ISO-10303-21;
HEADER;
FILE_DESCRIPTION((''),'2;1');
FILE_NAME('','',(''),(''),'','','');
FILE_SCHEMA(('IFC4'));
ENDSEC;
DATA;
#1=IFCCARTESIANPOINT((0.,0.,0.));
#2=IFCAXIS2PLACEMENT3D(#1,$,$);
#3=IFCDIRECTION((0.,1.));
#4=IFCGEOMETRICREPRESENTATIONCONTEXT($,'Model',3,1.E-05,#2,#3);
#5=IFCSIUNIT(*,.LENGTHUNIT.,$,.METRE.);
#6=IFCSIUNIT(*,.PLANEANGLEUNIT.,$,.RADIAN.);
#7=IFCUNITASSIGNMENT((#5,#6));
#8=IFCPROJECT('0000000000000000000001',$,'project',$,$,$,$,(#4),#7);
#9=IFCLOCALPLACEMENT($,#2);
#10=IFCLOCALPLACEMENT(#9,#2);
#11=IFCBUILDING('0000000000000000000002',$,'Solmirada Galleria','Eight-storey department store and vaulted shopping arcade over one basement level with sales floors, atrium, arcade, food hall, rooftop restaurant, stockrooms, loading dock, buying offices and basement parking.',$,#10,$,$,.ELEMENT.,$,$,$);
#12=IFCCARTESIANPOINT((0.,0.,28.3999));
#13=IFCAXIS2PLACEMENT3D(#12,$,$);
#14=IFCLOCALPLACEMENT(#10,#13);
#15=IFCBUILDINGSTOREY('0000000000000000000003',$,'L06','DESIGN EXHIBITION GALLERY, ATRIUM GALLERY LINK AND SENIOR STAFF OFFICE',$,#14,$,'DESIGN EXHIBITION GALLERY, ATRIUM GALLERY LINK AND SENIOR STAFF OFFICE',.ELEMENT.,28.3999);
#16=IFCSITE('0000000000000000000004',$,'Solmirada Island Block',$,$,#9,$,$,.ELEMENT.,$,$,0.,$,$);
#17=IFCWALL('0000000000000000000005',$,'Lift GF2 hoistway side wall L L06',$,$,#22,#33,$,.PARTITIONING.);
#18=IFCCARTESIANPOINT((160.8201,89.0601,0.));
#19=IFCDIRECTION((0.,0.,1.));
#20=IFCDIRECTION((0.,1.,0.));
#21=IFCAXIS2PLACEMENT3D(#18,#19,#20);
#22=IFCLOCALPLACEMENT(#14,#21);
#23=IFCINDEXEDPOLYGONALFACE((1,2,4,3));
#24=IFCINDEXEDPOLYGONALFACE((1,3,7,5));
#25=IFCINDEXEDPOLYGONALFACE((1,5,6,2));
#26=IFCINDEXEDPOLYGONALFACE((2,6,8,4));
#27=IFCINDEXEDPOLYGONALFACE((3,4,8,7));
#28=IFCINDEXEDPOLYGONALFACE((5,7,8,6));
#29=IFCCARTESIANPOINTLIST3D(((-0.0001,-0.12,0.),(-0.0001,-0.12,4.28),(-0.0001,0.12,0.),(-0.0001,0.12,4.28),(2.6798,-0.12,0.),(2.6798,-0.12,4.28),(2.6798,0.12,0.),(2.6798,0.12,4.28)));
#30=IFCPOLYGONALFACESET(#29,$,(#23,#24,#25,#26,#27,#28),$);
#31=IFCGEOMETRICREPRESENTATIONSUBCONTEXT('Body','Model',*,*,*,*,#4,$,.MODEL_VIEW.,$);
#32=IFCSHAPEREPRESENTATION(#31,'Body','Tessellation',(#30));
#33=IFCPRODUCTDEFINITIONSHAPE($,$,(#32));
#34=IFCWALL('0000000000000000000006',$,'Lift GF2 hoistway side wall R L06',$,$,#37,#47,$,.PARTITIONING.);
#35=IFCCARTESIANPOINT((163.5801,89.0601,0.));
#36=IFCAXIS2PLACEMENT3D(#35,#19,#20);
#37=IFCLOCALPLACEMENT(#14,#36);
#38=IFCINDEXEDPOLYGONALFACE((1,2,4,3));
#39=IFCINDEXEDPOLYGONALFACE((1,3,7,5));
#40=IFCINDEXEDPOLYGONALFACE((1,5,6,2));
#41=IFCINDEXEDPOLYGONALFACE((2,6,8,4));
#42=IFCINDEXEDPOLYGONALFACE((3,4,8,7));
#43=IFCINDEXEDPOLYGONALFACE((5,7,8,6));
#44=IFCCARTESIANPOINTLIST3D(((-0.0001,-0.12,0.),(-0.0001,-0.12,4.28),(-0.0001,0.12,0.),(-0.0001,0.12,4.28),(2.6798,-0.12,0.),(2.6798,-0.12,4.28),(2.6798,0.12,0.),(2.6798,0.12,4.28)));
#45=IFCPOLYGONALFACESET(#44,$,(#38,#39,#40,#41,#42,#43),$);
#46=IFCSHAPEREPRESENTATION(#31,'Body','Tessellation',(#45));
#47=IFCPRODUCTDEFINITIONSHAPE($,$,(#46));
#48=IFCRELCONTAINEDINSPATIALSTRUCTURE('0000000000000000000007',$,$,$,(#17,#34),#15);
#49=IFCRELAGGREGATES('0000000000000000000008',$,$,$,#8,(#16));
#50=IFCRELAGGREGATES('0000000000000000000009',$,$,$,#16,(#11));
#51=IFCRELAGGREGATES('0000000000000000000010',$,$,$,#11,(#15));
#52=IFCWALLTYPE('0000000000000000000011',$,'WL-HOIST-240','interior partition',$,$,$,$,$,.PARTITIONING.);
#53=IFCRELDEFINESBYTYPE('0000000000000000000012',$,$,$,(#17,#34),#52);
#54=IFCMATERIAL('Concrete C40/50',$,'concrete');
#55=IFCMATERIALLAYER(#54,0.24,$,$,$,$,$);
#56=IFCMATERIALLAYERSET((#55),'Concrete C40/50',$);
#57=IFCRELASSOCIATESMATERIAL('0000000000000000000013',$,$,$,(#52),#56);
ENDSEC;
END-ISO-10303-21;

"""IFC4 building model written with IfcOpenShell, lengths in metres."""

from ifc_helpers import new_model, si_unit, direction, frame, frame_2d, origin, place, context, subcontext, project, spatial, rectangle, extrude, material, layer, layer_set, type_object, element, save


model = new_model("IFC4")

# Units and contexts
model_context = context("Model", 3, precision=1e-05, world=origin(), true_north=direction((0.0, 1.0)))
body_context = subcontext(model_context, "Body", "Model", "MODEL_VIEW")
ifc_project = project(units=[si_unit("LENGTHUNIT", "METRE"), si_unit("PLANEANGLEUNIT", "RADIAN")], contexts=[model_context])

# Site, building, storey
site_placement = place(None, origin())
site = spatial("IfcSite", under=ifc_project, at=site_placement, Name="Solmirada Island Block", CompositionType="ELEMENT", RefElevation=0.0)
building_placement = place(site_placement, origin())
building = spatial("IfcBuilding", under=site, at=building_placement, Name="Solmirada Galleria", Description="Eight-storey department store and vaulted shopping arcade over one basement level with sales floors, atrium, arcade, food hall, rooftop restaurant, stockrooms, loading dock, buying offices and basement parking.", CompositionType="ELEMENT")
storey_placement = place(building_placement, frame((0.0, 0.0, 28.3999)))
storey = spatial("IfcBuildingStorey", under=building, at=storey_placement, Name="L06", Description="DESIGN EXHIBITION GALLERY, ATRIUM GALLERY LINK AND SENIOR STAFF OFFICE", LongName="DESIGN EXHIBITION GALLERY, ATRIUM GALLERY LINK AND SENIOR STAFF OFFICE", CompositionType="ELEMENT", Elevation=28.3999)

# Shared definitions
ifc_material_1 = material(Name="Concrete C40/50", Category="concrete")

# Shared definitions
ifc_layer_1 = layer(ifc_material_1, 0.24)
ifc_layer_set_1 = layer_set([ifc_layer_1], Name="Concrete C40/50")
wall_type_1 = type_object("IfcWallType", Name="WL-HOIST-240", Description="interior partition", PredefinedType="PARTITIONING", material=ifc_layer_set_1)

# Walls
for number, where, z_axis, x_axis, name in (
    (1, (160.8201, 89.0601, 0.0), (0.0, 0.0, 1.0), (0.0, 1.0, 0.0), "Lift GF2 hoistway side wall L L06"),
    (2, (163.5801, 89.0601, 0.0), (0.0, 0.0, 1.0), (0.0, 1.0, 0.0), "Lift GF2 hoistway side wall R L06"),
):
    element("IfcWall", number, at=place(storey_placement, frame(where, z_axis=z_axis, x_axis=x_axis)), inside=storey, type_object=wall_type_1, Name=name, PredefinedType="PARTITIONING", context=body_context, shape_type="SweptSolid", body=[
        extrude(rectangle(XDim=2.6799, YDim=0.24, at=frame_2d((1.3398, 0.0))), origin(), (0.0, 0.0, 1.0), 4.28),
    ])

save(model, "model.ifc")
